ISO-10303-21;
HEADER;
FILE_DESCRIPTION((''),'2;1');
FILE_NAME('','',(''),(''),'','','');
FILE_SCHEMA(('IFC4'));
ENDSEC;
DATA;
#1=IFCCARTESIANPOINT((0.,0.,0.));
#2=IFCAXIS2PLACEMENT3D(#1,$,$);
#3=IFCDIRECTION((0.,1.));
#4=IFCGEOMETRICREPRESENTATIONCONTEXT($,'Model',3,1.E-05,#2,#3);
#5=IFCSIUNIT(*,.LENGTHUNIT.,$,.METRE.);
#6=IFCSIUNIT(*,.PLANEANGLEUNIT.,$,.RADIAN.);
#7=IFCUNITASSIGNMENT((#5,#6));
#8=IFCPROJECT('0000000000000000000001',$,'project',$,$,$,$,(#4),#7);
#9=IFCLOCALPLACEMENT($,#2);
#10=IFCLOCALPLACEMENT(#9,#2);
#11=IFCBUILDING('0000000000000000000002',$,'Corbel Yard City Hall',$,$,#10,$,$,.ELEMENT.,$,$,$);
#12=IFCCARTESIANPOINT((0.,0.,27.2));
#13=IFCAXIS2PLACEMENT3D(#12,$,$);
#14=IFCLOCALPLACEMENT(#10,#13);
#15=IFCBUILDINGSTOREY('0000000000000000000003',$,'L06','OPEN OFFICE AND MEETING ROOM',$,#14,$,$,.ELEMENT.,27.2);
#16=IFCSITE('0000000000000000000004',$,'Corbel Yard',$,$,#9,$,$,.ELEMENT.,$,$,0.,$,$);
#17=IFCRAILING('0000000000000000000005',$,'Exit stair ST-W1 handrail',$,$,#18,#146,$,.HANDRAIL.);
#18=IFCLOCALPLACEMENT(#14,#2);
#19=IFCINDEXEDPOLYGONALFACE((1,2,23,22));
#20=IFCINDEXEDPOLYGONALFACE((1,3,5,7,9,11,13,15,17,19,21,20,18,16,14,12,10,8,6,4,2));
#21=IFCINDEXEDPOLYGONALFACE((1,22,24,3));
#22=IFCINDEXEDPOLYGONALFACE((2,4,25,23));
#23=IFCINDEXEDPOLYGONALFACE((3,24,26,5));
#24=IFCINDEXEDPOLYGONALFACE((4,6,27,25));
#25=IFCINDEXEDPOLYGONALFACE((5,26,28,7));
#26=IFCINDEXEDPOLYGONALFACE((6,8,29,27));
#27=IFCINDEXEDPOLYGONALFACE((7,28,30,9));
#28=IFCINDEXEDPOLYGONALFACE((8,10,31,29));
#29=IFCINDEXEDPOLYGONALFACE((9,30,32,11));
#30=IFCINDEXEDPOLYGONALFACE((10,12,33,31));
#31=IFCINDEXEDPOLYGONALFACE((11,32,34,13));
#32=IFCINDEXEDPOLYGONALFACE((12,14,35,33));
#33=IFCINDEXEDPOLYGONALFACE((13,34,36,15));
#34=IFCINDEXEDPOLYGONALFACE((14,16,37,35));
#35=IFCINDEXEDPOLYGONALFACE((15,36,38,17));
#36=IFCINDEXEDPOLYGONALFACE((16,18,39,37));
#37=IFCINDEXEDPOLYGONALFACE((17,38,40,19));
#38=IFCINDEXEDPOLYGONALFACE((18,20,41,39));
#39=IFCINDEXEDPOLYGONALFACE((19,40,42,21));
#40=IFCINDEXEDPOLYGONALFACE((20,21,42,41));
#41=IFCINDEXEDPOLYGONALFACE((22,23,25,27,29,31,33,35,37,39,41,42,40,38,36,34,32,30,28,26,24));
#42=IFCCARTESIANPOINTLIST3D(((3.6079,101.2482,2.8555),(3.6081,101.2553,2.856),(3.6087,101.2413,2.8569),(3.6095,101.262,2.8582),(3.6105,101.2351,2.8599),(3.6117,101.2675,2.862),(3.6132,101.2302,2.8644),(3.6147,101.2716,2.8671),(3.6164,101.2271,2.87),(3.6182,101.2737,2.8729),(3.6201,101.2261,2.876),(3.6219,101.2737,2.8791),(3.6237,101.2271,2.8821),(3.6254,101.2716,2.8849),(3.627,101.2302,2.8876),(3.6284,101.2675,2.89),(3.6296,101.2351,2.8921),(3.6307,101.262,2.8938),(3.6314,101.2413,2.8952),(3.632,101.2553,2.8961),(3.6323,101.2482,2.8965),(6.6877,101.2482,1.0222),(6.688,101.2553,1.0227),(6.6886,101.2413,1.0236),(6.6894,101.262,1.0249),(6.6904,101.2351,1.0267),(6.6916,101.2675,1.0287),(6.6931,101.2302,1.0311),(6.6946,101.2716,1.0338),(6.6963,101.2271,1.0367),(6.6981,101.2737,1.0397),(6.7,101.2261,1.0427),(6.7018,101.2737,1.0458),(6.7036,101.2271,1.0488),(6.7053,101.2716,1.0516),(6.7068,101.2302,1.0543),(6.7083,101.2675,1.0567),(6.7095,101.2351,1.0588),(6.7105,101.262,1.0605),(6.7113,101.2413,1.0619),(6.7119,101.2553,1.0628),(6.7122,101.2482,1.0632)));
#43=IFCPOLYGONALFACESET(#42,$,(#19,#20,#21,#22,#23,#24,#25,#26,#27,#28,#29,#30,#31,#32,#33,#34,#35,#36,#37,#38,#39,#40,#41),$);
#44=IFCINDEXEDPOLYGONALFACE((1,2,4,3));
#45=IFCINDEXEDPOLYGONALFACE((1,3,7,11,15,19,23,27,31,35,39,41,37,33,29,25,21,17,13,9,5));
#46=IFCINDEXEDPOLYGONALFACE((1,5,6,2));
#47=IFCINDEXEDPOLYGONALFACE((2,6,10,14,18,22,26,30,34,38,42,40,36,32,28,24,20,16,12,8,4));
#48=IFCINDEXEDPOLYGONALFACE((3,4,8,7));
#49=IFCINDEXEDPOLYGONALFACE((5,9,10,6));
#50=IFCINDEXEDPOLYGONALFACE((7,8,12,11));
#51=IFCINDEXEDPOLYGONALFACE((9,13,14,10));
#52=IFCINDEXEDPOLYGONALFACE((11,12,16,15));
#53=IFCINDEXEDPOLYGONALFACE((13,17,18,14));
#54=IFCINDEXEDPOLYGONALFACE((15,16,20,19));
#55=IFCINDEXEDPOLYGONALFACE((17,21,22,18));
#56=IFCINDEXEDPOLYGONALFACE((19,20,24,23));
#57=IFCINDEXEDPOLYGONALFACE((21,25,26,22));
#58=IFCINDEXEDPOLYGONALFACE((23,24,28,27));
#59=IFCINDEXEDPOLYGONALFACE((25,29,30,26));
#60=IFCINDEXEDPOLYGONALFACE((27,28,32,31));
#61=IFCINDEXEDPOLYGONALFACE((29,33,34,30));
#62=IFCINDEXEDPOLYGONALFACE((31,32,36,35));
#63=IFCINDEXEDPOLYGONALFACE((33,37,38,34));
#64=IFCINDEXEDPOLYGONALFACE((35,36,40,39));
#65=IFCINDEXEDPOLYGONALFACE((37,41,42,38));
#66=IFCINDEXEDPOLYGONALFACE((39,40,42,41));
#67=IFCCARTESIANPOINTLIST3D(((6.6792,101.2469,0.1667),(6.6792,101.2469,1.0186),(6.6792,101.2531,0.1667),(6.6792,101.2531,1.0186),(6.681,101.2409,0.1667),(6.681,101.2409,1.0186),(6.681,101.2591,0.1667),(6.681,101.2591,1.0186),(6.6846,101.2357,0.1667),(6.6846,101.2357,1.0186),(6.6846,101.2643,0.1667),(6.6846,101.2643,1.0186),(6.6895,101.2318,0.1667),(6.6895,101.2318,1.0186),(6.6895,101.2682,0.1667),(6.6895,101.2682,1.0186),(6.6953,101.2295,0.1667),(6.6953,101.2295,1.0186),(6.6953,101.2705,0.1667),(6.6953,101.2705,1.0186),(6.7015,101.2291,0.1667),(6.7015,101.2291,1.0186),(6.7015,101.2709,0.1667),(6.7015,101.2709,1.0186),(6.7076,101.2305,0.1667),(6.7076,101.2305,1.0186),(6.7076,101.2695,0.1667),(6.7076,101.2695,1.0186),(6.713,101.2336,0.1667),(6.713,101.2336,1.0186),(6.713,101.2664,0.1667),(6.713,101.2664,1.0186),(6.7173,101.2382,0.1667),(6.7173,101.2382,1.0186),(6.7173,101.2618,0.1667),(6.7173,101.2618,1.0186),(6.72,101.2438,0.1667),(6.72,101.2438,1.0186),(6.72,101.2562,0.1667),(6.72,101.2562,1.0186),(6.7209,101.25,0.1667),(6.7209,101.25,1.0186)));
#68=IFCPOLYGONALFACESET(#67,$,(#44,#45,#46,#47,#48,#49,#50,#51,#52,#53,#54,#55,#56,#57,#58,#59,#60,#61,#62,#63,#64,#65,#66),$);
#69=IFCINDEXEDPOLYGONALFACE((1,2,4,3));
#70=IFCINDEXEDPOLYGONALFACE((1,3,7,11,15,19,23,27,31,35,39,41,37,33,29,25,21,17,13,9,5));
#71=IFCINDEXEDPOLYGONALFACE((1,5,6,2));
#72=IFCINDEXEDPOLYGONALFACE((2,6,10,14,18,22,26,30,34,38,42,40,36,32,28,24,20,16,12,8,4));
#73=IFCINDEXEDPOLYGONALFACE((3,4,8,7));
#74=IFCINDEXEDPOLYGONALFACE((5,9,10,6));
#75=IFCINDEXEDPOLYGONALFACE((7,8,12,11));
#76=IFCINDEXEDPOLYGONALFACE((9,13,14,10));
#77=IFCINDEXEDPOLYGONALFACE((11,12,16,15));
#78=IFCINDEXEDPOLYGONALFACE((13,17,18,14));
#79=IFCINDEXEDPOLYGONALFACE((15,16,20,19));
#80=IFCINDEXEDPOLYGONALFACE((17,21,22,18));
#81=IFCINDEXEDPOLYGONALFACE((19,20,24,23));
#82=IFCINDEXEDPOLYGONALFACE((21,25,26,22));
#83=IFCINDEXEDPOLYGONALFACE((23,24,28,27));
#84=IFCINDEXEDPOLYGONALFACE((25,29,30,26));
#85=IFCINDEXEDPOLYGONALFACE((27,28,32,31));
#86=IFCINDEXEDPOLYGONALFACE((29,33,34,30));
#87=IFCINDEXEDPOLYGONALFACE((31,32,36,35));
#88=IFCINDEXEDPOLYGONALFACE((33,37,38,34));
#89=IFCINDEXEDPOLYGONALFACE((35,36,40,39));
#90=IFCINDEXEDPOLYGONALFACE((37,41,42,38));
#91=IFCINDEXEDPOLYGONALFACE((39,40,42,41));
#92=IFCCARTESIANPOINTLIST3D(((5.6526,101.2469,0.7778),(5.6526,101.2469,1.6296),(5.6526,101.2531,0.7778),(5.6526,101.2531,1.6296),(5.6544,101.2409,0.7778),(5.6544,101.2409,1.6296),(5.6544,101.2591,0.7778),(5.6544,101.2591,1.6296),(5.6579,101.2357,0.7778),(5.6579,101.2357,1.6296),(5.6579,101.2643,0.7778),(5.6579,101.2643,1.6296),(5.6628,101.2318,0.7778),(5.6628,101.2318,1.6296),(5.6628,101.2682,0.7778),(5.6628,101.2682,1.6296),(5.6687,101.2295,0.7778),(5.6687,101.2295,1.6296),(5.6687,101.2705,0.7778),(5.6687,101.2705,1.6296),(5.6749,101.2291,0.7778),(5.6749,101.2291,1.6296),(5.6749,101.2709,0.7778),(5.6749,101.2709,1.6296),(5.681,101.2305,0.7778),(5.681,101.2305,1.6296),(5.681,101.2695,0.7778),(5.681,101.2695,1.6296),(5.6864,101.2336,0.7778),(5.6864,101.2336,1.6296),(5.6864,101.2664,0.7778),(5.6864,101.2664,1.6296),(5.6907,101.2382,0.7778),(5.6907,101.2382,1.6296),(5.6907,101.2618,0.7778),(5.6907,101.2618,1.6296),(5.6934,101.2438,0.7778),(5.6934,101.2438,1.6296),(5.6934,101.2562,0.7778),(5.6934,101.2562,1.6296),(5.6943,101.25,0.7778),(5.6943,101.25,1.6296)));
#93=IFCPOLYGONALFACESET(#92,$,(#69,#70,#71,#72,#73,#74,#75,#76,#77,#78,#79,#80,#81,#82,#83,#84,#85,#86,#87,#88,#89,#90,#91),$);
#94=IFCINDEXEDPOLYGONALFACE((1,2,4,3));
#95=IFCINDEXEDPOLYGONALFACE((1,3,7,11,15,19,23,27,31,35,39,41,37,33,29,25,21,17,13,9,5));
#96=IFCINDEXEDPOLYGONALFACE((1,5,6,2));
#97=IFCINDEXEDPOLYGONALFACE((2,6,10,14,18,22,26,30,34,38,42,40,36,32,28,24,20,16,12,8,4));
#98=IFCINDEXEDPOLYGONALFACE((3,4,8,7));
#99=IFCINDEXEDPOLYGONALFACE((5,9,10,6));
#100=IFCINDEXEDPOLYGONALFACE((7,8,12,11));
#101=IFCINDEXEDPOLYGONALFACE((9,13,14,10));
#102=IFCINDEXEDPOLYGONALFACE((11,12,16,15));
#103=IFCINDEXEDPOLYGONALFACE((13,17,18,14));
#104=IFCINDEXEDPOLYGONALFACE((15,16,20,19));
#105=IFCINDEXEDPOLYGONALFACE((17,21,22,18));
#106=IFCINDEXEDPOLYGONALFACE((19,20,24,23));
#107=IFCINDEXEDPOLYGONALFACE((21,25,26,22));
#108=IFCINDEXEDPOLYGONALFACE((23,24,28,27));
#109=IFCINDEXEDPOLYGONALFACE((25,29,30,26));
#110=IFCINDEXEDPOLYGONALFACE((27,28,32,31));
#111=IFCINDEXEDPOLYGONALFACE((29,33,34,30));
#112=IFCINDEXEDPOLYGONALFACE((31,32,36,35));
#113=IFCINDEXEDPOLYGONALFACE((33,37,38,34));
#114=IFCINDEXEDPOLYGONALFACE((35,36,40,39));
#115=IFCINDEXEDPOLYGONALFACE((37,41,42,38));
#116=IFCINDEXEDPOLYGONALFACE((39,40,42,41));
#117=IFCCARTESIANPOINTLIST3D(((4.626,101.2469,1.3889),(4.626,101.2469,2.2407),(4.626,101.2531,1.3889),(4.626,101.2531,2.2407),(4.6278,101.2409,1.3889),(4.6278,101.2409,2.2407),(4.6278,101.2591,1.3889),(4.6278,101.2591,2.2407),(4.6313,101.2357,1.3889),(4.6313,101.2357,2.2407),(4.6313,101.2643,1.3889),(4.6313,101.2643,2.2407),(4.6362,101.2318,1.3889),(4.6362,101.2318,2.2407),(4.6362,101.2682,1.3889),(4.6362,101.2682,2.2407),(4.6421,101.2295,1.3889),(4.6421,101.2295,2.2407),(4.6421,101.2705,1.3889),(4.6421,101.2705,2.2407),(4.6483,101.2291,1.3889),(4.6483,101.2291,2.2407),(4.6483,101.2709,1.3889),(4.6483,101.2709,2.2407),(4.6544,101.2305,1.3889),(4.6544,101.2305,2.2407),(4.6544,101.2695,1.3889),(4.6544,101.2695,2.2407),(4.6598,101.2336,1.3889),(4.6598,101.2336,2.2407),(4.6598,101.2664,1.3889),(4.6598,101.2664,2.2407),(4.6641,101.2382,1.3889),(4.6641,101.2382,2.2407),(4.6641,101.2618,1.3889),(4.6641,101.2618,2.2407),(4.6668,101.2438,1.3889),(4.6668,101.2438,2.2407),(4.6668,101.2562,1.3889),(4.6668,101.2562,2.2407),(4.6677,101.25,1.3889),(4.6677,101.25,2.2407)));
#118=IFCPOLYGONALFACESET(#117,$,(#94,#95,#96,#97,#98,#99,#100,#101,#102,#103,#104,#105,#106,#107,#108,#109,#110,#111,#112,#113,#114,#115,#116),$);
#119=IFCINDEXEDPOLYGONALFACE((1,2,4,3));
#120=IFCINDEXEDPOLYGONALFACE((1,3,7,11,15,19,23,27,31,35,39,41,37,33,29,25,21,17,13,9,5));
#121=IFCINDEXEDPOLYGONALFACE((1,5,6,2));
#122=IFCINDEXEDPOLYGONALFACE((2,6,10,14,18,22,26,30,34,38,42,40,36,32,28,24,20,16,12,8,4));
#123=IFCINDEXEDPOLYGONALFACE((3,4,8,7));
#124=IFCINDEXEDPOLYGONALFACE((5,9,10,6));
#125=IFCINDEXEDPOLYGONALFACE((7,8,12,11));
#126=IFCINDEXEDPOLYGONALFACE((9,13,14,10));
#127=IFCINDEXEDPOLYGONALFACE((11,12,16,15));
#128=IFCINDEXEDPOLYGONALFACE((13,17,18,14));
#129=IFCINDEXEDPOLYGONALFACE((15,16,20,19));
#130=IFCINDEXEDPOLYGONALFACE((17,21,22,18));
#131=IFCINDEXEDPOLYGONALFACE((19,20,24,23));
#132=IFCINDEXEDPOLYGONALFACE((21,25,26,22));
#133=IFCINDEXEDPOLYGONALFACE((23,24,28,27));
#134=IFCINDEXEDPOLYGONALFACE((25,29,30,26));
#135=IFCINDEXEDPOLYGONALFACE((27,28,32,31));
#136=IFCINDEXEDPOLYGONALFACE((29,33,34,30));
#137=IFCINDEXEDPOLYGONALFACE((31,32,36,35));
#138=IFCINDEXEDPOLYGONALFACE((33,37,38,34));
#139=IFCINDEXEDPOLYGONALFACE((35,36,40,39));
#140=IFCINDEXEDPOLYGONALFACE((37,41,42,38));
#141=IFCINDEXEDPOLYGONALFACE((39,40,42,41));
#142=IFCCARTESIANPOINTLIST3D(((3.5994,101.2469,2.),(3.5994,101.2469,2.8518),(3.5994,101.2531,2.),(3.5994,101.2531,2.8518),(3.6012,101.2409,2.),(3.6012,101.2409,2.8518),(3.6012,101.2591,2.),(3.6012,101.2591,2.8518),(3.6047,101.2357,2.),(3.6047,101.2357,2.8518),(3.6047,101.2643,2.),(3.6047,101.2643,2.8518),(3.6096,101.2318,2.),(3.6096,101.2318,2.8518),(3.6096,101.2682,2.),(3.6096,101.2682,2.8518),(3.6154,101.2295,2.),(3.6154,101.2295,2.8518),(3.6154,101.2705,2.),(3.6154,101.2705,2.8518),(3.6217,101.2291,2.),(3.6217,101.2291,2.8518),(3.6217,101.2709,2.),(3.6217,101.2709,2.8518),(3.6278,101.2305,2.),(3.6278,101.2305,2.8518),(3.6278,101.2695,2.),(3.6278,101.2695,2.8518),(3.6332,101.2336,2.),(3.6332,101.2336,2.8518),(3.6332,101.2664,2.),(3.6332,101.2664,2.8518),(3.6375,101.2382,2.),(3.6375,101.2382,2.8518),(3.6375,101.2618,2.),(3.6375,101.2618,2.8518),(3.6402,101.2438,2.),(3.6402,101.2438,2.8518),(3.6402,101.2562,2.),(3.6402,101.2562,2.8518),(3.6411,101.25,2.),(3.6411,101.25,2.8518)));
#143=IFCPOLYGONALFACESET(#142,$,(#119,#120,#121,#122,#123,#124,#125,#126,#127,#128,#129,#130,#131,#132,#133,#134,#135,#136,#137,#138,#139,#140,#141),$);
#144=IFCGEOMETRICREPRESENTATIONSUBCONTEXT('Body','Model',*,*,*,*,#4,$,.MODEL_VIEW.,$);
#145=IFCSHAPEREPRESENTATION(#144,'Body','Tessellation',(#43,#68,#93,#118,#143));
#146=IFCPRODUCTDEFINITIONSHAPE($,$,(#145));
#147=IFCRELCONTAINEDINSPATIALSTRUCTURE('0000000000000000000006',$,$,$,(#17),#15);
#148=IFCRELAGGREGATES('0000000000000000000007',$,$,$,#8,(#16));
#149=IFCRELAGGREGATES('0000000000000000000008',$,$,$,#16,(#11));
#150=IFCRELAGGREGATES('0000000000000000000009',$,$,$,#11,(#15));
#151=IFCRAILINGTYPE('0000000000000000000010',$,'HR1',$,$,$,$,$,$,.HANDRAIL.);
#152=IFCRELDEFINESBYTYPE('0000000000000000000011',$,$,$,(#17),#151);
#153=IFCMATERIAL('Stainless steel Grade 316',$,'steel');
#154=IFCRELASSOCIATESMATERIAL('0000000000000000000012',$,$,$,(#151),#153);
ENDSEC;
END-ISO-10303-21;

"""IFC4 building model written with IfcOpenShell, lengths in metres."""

from ifc_helpers import new_model, si_unit, direction, frame, origin, origin_2d, place, context, subcontext, project, spatial, circle, extrude, material, type_object, element, save


model = new_model("IFC4")

# Units and contexts
model_context = context("Model", 3, precision=1e-05, world=origin(), true_north=direction((0.0, 1.0)))
body_context = subcontext(model_context, "Body", "Model", "MODEL_VIEW")
ifc_project = project(units=[si_unit("LENGTHUNIT", "METRE"), si_unit("PLANEANGLEUNIT", "RADIAN")], contexts=[model_context])

# Site, building, storey
site_placement = place(None, origin())
site = spatial("IfcSite", under=ifc_project, at=site_placement, Name="Corbel Yard", CompositionType="ELEMENT", RefElevation=0.0)
building_placement = place(site_placement, origin())
building = spatial("IfcBuilding", under=site, at=building_placement, Name="Corbel Yard City Hall", CompositionType="ELEMENT")
storey_placement = place(building_placement, frame((0.0, 0.0, 27.2)))
storey = spatial("IfcBuildingStorey", under=building, at=storey_placement, Name="L06", Description="OPEN OFFICE AND MEETING ROOM", CompositionType="ELEMENT", Elevation=27.2)

# Railing
ifc_material_1 = material(Name="Stainless steel Grade 316", Category="steel")
railing_type = type_object("IfcRailingType", Name="HR1", PredefinedType="HANDRAIL", material=ifc_material_1)
for number, where, name in (
    (1, (6.7, 101.25, 0.1667), "Exit stair ST-W1 handrail"),
):
    element("IfcRailing", number, at=place(storey_placement, frame(where)), inside=storey, type_object=railing_type, Name=name, PredefinedType="HANDRAIL", context=body_context, shape_type="SweptSolid", body=[
        extrude(circle(Radius=0.0239, at=origin_2d()), frame((0.0, 0.0, 0.876), z_axis=(-0.859291, 0.0, 0.511487), x_axis=(0.0, -1.0, 0.0)), (0.0, 0.0, 1.0), 3.5842),
        extrude(circle(Radius=0.021, at=origin_2d()), origin(), (0.0, 0.0, 1.0), 0.8518),
        extrude(circle(Radius=0.021, at=origin_2d()), frame((-1.0266, 0.0, 0.6111)), (0.0, 0.0, 1.0), 0.8518),
        extrude(circle(Radius=0.021, at=origin_2d()), frame((-2.0532, 0.0, 1.2222)), (0.0, 0.0, 1.0), 0.8518),
        extrude(circle(Radius=0.021, at=origin_2d()), frame((-3.0798, 0.0, 1.8333)), (0.0, 0.0, 1.0), 0.8518),
    ])

save(model, "model.ifc")
